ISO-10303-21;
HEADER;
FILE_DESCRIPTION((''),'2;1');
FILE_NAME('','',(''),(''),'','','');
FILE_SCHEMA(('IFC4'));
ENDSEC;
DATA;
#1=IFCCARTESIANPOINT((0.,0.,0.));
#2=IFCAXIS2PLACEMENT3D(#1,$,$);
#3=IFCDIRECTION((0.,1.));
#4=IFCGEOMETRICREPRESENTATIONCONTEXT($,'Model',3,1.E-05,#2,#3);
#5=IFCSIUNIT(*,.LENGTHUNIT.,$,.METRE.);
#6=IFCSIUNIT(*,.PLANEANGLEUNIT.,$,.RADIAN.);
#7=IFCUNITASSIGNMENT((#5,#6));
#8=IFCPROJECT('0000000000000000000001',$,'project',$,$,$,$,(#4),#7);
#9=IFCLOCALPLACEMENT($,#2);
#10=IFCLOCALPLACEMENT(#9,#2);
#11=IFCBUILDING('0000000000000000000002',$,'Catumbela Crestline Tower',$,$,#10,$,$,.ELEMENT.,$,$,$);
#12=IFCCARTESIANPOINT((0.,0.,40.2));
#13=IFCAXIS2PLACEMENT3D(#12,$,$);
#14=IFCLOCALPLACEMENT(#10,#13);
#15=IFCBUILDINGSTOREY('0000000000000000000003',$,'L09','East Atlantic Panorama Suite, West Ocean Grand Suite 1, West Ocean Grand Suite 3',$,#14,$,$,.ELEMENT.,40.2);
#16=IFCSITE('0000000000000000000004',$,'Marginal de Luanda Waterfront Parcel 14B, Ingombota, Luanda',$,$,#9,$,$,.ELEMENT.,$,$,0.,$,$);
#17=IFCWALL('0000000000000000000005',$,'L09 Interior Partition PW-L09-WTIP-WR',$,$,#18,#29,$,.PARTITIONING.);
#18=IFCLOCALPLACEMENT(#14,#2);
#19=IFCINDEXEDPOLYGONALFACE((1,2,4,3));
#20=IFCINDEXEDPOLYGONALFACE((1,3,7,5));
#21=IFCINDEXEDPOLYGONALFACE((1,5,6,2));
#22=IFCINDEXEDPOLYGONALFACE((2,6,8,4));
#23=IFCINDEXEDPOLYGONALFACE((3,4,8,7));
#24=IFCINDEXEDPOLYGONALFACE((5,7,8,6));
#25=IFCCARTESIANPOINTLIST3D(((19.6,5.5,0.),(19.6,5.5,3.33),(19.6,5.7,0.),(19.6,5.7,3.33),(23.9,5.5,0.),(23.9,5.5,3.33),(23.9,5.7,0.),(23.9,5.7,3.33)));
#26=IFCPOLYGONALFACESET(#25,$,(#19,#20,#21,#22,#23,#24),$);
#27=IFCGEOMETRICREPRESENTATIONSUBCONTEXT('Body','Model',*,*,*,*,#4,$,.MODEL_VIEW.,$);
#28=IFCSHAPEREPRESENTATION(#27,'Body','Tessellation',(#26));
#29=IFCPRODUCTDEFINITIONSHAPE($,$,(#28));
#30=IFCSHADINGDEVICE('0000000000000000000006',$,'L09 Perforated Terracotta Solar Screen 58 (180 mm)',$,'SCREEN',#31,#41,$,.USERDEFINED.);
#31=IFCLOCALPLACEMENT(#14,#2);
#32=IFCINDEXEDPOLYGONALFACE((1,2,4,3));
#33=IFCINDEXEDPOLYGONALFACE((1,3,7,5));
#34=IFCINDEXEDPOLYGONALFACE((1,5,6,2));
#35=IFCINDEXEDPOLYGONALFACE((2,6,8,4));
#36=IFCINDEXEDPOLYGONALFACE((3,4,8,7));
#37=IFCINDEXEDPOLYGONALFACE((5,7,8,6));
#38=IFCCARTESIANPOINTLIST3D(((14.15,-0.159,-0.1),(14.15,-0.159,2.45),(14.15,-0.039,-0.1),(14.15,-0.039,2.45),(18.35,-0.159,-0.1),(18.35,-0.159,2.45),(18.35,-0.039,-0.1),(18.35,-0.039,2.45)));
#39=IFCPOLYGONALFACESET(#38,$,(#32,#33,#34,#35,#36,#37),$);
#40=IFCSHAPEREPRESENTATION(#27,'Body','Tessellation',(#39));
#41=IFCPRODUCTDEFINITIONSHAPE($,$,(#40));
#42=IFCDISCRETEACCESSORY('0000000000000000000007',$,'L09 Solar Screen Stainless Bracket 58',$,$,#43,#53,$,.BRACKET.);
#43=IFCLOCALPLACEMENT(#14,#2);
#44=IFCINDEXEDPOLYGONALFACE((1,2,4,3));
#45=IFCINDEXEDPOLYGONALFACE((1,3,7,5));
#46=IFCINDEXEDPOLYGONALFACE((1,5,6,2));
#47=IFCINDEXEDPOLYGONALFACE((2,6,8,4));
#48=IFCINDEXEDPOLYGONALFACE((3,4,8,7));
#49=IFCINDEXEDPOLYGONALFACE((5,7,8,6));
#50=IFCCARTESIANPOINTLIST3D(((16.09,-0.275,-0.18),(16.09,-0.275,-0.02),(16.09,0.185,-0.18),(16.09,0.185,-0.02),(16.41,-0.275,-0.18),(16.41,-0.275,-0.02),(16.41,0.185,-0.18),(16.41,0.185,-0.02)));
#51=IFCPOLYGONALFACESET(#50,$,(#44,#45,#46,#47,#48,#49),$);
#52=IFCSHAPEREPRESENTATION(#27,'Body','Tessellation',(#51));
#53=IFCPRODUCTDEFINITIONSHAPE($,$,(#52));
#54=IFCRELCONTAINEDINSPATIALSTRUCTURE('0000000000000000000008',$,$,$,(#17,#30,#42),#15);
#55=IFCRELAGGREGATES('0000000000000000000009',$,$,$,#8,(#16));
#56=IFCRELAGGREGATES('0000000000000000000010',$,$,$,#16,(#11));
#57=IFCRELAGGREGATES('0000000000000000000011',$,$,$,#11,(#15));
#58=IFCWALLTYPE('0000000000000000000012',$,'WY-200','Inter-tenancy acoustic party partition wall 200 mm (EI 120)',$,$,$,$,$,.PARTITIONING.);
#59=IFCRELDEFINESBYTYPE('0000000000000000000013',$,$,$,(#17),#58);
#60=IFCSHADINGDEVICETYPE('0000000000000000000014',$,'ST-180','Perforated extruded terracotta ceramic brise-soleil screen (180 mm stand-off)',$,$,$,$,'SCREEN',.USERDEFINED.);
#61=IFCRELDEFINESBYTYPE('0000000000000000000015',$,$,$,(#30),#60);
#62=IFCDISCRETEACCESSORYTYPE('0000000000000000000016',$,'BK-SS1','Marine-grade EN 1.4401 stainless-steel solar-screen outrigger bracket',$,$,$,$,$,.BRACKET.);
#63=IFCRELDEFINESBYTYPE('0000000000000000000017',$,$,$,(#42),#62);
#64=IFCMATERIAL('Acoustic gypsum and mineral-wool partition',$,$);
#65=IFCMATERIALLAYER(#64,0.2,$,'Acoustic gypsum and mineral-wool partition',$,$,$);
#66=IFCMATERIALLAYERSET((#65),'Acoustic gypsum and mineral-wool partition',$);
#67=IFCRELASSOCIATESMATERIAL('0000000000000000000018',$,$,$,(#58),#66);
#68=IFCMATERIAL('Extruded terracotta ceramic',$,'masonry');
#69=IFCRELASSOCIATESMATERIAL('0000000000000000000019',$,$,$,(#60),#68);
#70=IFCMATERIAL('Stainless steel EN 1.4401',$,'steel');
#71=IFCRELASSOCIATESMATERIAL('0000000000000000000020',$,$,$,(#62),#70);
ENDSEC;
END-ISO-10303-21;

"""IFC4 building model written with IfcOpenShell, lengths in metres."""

from ifc_helpers import new_model, si_unit, direction, frame, frame_2d, origin, origin_2d, place, context, subcontext, project, spatial, rectangle, extrude, material, layer, layer_set, type_object, element, save


model = new_model("IFC4")

# Units and contexts
model_context = context("Model", 3, precision=1e-05, world=origin(), true_north=direction((0.0, 1.0)))
body_context = subcontext(model_context, "Body", "Model", "MODEL_VIEW")
ifc_project = project(units=[si_unit("LENGTHUNIT", "METRE"), si_unit("PLANEANGLEUNIT", "RADIAN")], contexts=[model_context])

# Site, building, storey
site_placement = place(None, origin())
site = spatial("IfcSite", under=ifc_project, at=site_placement, Name="Marginal de Luanda Waterfront Parcel 14B, Ingombota, Luanda", CompositionType="ELEMENT", RefElevation=0.0)
building_placement = place(site_placement, origin())
building = spatial("IfcBuilding", under=site, at=building_placement, Name="Catumbela Crestline Tower", CompositionType="ELEMENT")
storey_placement = place(building_placement, frame((0.0, 0.0, 40.2)))
storey = spatial("IfcBuildingStorey", under=building, at=storey_placement, Name="L09", Description="East Atlantic Panorama Suite, West Ocean Grand Suite 1, West Ocean Grand Suite 3", CompositionType="ELEMENT", Elevation=40.2)

# Shared definitions
ifc_material_1 = material(Name="Acoustic gypsum and mineral-wool partition")

# Wall
ifc_layer_1 = layer(ifc_material_1, 0.2, Name="Acoustic gypsum and mineral-wool partition")
ifc_layer_set_1 = layer_set([ifc_layer_1], Name="Acoustic gypsum and mineral-wool partition")
wall_type_1 = type_object("IfcWallType", Name="WY-200", Description="Inter-tenancy acoustic party partition wall 200 mm (EI 120)", PredefinedType="PARTITIONING", material=ifc_layer_set_1)
wall_1_placement = place(storey_placement, frame((19.6, 5.6, 0.0), z_axis=(0.0, 0.0, 1.0), x_axis=(1.0, 0.0, 0.0)))
element("IfcWall", 1, at=wall_1_placement, inside=storey, type_object=wall_type_1, Name="L09 Interior Partition PW-L09-WTIP-WR", PredefinedType="PARTITIONING", context=body_context, shape_type="SweptSolid", body=[
    extrude(rectangle(XDim=4.3, YDim=0.2, at=frame_2d((2.15, 0.0))), origin(), (0.0, 0.0, 1.0), 3.33),
])

# Shading device
ifc_material_2 = material(Name="Extruded terracotta ceramic", Category="masonry")
shading_device_type = type_object("IfcShadingDeviceType", Name="ST-180", Description="Perforated extruded terracotta ceramic brise-soleil screen (180 mm stand-off)", ElementType="SCREEN", PredefinedType="USERDEFINED", material=ifc_material_2)
shading_device_placement = place(storey_placement, frame((16.25, -0.099, -0.1), z_axis=(0.0, 0.0, 1.0), x_axis=(1.0, 0.0, 0.0)))
element("IfcShadingDevice", 2, at=shading_device_placement, inside=storey, type_object=shading_device_type, Name="L09 Perforated Terracotta Solar Screen 58 (180 mm)", ObjectType="SCREEN", PredefinedType="USERDEFINED", context=body_context, shape_type="SweptSolid", body=[
    extrude(rectangle(XDim=4.2, YDim=0.12, at=origin_2d()), origin(), (0.0, 0.0, 1.0), 2.55),
])

# Discrete accessory
ifc_material_3 = material(Name="Stainless steel EN 1.4401", Category="steel")
discrete_accessory_type = type_object("IfcDiscreteAccessoryType", Name="BK-SS1", Description="Marine-grade EN 1.4401 stainless-steel solar-screen outrigger bracket", PredefinedType="BRACKET", material=ifc_material_3)
discrete_accessory_placement = place(storey_placement, frame((16.25, -0.045, -0.18), z_axis=(0.0, 0.0, 1.0), x_axis=(1.0, 0.0, 0.0)))
element("IfcDiscreteAccessory", 3, at=discrete_accessory_placement, inside=storey, type_object=discrete_accessory_type, Name="L09 Solar Screen Stainless Bracket 58", PredefinedType="BRACKET", context=body_context, shape_type="SweptSolid", body=[
    extrude(rectangle(XDim=0.32, YDim=0.46, at=origin_2d()), origin(), (0.0, 0.0, 1.0), 0.16),
])

save(model, "model.ifc")
